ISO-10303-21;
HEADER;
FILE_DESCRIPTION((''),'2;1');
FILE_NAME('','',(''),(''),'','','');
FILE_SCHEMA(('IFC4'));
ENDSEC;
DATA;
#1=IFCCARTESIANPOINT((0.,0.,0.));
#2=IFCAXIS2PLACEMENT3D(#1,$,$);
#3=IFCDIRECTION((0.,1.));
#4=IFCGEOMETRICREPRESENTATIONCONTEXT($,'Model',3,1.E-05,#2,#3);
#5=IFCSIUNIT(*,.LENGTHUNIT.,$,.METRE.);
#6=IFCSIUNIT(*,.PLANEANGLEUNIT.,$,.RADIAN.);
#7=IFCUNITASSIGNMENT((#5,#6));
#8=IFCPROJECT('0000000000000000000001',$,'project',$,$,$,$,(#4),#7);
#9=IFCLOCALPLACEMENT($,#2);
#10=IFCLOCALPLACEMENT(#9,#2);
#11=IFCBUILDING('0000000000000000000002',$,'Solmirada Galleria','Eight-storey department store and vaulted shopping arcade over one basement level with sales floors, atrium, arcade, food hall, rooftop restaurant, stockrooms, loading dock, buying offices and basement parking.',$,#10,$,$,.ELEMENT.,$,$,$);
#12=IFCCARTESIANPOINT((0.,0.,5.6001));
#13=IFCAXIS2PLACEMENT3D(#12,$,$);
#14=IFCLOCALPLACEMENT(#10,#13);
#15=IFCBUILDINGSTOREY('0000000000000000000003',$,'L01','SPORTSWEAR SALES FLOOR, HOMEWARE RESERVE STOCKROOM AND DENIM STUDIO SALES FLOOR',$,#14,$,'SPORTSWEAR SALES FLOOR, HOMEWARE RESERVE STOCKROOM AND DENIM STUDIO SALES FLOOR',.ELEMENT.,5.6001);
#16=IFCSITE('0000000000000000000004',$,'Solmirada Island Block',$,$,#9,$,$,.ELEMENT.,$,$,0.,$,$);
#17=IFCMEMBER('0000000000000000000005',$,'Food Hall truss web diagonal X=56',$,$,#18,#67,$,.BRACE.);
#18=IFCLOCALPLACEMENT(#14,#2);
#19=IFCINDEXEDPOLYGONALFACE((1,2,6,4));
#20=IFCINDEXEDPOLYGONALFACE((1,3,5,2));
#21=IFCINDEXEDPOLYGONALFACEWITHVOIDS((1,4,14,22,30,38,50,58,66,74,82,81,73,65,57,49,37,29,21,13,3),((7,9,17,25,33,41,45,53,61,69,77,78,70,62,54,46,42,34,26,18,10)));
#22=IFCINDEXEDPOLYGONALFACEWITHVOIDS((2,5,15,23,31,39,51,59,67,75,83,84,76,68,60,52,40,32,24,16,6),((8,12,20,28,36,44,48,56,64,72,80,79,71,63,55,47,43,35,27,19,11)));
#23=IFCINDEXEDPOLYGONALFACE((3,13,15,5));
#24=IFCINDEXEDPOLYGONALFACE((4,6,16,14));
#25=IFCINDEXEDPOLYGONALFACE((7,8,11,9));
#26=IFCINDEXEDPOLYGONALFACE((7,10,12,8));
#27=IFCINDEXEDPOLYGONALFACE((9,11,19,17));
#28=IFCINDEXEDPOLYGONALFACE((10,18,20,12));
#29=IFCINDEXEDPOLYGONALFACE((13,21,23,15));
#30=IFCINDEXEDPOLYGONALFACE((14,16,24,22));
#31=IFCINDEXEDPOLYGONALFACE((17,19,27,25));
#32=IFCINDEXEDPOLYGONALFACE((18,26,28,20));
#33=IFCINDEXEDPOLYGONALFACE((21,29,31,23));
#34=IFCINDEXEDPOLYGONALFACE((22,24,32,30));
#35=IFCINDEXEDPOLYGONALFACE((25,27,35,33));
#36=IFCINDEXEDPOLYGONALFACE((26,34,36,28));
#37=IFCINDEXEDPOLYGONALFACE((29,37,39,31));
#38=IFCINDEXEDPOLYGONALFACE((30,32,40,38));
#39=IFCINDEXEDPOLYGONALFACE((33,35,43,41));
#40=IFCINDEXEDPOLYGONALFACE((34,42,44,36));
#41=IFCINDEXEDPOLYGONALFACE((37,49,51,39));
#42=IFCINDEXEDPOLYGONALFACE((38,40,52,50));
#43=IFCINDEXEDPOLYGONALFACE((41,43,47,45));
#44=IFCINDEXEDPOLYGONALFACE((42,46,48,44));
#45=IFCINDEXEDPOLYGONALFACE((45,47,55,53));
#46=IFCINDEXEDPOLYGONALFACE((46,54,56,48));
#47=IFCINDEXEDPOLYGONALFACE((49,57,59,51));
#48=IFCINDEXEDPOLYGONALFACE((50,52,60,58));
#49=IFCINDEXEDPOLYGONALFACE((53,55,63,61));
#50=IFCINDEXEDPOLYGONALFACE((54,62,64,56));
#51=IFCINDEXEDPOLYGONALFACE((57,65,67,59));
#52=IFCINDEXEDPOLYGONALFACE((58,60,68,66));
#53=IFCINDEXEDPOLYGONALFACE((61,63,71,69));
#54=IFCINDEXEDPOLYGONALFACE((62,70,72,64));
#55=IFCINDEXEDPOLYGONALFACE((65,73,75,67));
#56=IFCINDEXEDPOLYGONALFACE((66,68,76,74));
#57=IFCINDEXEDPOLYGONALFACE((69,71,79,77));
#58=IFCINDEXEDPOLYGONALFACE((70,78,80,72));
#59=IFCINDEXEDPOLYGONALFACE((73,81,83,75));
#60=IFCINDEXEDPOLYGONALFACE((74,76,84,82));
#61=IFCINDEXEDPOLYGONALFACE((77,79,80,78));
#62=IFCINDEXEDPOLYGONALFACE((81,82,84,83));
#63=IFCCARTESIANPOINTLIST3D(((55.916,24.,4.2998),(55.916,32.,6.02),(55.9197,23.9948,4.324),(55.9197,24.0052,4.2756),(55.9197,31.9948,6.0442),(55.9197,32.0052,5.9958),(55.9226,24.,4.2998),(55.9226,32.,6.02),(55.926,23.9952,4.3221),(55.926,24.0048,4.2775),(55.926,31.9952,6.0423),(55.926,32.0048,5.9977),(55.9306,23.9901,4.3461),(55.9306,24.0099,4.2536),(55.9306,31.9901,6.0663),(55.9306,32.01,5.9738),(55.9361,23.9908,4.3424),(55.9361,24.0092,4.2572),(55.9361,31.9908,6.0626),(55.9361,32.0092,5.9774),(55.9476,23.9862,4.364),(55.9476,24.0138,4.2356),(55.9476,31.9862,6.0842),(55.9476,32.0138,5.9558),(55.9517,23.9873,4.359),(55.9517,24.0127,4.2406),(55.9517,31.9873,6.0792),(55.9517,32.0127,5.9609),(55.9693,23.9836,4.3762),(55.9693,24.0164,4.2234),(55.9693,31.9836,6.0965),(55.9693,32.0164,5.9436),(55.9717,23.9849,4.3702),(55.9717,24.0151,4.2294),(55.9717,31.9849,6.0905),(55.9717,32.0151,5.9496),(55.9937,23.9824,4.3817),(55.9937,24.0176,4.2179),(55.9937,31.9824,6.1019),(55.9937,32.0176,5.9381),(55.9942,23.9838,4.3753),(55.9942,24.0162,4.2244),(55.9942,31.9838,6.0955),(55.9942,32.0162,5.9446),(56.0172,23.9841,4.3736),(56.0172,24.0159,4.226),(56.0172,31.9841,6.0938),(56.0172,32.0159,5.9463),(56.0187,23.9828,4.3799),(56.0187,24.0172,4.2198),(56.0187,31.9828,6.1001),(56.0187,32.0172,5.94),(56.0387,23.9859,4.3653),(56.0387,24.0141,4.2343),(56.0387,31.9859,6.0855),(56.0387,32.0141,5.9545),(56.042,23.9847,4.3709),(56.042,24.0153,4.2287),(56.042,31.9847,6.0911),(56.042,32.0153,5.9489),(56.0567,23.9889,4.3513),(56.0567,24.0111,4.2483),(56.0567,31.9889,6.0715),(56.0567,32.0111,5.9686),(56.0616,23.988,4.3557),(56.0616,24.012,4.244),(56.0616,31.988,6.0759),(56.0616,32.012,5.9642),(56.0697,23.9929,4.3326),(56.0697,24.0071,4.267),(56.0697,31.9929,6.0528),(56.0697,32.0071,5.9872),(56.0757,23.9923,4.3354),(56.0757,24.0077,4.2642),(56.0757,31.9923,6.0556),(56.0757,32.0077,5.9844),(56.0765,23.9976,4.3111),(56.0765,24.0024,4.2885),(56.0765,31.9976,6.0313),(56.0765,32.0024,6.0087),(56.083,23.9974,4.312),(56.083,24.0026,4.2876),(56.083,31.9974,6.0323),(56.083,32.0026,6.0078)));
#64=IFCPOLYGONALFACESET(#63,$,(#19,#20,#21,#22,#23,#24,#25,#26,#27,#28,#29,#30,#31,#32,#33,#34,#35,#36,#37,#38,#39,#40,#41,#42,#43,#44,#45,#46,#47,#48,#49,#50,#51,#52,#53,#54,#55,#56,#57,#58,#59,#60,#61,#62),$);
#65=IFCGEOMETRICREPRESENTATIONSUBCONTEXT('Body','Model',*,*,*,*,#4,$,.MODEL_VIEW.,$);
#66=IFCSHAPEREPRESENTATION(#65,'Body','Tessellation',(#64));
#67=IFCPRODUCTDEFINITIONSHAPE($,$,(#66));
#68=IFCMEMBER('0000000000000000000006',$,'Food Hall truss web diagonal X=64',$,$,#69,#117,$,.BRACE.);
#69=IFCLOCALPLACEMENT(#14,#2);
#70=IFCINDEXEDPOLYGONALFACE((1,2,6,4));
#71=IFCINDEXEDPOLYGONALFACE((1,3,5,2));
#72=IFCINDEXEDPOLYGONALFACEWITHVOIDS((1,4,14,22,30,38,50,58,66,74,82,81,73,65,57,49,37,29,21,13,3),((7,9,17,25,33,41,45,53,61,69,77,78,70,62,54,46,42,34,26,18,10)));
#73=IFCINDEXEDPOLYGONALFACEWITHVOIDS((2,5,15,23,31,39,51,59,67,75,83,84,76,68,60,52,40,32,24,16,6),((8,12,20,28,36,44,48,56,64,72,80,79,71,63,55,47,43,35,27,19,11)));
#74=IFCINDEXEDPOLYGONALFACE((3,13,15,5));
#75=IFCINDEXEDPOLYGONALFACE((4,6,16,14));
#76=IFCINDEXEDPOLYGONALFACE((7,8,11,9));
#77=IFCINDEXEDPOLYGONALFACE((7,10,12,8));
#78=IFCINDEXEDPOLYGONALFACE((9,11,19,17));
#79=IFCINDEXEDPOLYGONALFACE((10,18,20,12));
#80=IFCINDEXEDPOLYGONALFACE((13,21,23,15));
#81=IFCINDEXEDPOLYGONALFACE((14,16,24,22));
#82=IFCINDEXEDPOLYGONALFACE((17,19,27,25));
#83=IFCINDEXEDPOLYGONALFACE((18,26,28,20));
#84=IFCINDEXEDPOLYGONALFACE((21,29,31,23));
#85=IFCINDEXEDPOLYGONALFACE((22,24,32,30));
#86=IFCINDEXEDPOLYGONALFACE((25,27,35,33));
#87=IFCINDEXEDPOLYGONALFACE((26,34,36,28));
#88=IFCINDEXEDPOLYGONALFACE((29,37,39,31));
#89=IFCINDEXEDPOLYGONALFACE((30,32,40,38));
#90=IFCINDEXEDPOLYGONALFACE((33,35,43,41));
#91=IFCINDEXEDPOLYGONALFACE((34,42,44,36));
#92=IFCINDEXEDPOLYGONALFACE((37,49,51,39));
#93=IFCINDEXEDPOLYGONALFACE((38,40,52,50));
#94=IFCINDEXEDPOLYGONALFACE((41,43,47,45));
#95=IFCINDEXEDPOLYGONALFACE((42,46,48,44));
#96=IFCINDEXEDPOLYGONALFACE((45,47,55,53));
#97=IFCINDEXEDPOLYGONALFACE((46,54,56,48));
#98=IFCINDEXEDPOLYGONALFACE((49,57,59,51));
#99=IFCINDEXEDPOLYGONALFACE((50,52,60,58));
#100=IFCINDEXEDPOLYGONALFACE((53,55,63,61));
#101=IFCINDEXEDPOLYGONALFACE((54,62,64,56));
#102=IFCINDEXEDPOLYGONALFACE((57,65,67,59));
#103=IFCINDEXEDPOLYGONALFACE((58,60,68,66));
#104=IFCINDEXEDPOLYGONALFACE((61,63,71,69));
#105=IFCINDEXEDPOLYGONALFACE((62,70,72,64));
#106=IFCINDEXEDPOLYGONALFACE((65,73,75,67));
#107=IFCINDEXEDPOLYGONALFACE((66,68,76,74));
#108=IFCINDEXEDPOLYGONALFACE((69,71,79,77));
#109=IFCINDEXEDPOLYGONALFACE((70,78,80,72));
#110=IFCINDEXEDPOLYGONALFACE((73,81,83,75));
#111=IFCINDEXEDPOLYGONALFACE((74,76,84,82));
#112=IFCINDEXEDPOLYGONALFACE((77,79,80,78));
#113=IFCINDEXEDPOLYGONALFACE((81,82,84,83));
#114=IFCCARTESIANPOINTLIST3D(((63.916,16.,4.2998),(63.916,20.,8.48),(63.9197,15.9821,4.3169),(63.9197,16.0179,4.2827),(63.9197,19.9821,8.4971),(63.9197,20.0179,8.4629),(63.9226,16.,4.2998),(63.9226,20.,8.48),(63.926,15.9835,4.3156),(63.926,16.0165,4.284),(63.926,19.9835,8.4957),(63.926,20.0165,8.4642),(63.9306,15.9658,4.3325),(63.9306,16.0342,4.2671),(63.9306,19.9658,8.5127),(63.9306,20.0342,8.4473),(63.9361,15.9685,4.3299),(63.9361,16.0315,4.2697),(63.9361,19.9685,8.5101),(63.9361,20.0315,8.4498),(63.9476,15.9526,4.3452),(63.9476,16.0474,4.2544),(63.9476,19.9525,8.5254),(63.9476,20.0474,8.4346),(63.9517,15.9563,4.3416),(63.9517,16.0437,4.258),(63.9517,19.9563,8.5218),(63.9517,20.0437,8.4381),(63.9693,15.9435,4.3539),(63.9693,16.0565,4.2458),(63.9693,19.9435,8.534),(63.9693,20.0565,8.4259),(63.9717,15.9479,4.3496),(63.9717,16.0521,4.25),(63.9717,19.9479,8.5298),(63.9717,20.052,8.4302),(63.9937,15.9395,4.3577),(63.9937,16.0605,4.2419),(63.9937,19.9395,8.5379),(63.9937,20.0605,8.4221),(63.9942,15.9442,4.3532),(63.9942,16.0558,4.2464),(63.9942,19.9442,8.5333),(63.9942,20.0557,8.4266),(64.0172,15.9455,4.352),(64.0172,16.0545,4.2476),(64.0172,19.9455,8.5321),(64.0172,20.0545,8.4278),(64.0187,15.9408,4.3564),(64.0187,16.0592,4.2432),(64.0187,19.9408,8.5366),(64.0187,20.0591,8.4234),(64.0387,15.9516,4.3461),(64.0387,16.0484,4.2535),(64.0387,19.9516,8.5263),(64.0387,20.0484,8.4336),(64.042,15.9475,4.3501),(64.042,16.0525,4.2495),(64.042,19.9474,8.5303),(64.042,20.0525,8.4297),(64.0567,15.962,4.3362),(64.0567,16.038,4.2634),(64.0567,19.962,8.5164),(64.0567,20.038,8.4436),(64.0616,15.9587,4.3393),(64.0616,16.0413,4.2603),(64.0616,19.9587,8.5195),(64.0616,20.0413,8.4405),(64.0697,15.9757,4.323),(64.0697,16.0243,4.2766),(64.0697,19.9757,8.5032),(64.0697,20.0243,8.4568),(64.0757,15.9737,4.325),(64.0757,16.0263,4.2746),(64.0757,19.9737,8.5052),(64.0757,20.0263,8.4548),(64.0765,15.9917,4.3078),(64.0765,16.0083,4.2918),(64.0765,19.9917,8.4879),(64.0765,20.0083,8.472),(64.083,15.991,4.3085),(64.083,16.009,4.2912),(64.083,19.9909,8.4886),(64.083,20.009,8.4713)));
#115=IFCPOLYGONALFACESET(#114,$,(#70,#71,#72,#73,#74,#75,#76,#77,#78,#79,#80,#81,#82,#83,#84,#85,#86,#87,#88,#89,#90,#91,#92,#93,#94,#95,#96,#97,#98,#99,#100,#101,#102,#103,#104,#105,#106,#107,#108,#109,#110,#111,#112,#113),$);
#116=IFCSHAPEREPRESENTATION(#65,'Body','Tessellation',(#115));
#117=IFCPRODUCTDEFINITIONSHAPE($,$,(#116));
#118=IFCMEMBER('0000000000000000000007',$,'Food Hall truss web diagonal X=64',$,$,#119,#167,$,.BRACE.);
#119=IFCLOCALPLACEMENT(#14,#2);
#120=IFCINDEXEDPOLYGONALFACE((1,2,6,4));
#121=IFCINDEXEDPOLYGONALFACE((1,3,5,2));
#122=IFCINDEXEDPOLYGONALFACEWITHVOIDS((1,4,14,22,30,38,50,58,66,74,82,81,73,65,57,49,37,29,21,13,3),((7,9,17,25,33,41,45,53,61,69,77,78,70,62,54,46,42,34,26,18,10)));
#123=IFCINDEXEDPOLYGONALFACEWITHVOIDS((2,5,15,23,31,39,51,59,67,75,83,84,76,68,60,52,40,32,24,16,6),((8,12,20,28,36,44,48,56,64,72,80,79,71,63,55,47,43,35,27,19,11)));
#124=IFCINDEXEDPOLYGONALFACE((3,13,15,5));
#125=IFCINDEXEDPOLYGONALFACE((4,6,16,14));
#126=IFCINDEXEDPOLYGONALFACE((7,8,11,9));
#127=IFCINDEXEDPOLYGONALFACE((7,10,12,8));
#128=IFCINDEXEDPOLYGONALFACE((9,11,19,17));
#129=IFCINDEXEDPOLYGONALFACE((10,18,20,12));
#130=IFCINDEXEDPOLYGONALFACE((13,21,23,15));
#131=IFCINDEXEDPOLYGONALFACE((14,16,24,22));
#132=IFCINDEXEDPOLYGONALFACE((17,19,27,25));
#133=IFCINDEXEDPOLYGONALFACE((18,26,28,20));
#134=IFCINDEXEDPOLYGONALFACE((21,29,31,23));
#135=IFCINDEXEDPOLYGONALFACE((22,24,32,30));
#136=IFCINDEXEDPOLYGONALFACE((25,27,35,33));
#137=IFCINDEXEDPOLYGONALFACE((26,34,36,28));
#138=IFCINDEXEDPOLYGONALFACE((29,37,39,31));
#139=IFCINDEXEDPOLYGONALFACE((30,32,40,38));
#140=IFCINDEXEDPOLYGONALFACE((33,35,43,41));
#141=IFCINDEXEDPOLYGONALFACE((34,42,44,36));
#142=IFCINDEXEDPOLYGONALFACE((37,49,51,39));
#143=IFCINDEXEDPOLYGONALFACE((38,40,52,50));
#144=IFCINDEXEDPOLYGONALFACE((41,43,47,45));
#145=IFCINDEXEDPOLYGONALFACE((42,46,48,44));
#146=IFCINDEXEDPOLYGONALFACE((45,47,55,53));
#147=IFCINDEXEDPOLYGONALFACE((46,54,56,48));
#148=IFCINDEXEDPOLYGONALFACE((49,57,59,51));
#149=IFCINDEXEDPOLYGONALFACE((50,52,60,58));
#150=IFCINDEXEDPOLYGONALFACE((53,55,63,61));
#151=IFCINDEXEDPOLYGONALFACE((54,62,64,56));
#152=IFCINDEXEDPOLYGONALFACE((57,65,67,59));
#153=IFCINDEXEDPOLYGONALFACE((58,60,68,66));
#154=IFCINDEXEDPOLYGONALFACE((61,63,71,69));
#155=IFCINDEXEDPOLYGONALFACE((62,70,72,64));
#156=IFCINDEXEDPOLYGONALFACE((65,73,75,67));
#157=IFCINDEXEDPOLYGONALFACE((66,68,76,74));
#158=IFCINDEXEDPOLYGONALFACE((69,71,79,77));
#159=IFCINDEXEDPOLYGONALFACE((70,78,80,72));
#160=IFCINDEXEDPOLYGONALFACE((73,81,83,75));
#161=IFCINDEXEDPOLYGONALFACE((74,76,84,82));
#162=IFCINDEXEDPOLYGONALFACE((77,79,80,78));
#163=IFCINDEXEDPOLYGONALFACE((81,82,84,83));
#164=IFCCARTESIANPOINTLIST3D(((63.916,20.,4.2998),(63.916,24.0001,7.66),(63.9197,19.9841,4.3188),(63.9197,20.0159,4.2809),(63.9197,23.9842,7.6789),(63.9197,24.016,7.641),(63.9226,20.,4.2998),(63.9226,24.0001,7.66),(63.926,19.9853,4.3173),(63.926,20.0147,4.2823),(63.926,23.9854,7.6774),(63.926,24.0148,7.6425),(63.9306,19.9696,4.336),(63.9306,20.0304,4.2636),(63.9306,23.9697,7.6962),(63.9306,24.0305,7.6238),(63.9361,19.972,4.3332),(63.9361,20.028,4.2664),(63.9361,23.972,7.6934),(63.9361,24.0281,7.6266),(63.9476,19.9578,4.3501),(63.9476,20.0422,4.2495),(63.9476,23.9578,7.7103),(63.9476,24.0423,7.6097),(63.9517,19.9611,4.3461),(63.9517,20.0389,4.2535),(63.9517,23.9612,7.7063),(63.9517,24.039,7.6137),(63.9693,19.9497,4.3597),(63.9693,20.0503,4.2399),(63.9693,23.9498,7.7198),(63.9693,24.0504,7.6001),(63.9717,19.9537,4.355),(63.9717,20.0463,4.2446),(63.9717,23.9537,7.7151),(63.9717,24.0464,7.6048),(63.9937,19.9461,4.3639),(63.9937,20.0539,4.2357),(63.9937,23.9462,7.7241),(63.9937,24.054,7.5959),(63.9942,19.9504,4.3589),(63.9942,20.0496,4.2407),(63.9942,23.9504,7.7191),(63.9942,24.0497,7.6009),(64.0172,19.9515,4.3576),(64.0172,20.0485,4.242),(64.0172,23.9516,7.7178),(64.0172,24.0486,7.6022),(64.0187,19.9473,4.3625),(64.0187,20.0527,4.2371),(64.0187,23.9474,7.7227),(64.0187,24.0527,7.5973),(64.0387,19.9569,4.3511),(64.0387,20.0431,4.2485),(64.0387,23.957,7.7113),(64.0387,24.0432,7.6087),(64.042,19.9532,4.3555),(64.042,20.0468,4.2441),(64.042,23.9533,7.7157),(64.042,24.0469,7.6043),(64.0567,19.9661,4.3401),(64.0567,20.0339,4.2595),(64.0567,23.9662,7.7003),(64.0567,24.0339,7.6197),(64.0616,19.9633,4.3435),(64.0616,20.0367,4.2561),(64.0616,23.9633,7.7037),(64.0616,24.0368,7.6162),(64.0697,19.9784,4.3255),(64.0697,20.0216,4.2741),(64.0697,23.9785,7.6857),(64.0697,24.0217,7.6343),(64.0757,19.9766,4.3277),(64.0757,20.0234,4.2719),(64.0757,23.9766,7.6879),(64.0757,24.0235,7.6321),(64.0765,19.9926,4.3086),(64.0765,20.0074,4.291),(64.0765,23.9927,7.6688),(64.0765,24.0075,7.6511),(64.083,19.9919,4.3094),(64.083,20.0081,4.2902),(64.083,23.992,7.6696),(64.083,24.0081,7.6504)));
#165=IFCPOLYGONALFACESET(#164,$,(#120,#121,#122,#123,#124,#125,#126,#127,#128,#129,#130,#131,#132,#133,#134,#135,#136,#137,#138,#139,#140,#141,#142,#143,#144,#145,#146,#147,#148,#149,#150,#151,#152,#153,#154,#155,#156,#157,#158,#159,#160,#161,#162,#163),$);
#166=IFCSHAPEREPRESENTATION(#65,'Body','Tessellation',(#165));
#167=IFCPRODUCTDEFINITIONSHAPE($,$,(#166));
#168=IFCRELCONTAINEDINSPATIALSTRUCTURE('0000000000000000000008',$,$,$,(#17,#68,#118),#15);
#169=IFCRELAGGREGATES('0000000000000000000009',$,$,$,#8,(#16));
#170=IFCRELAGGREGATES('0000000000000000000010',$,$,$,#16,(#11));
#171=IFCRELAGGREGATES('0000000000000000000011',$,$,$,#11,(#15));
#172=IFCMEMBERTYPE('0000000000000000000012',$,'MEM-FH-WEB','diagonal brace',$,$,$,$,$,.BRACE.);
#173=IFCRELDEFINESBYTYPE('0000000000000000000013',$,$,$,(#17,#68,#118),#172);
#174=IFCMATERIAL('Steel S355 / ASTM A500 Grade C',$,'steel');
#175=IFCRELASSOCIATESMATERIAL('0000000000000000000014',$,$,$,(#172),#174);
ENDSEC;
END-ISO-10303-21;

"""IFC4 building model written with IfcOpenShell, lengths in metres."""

from ifc_helpers import new_model, si_unit, direction, frame, origin, origin_2d, place, context, subcontext, project, spatial, hollow_circle, extrude, material, material_profile, profile_set, type_object, element, save


model = new_model("IFC4")

# Units and contexts
model_context = context("Model", 3, precision=1e-05, world=origin(), true_north=direction((0.0, 1.0)))
body_context = subcontext(model_context, "Body", "Model", "MODEL_VIEW")
ifc_project = project(units=[si_unit("LENGTHUNIT", "METRE"), si_unit("PLANEANGLEUNIT", "RADIAN")], contexts=[model_context])

# Site, building, storey
site_placement = place(None, origin())
site = spatial("IfcSite", under=ifc_project, at=site_placement, Name="Solmirada Island Block", CompositionType="ELEMENT", RefElevation=0.0)
building_placement = place(site_placement, origin())
building = spatial("IfcBuilding", under=site, at=building_placement, Name="Solmirada Galleria", Description="Eight-storey department store and vaulted shopping arcade over one basement level with sales floors, atrium, arcade, food hall, rooftop restaurant, stockrooms, loading dock, buying offices and basement parking.", CompositionType="ELEMENT")
storey_placement = place(building_placement, frame((0.0, 0.0, 5.6001)))
storey = spatial("IfcBuildingStorey", under=building, at=storey_placement, Name="L01", Description="SPORTSWEAR SALES FLOOR, HOMEWARE RESERVE STOCKROOM AND DENIM STUDIO SALES FLOOR", LongName="SPORTSWEAR SALES FLOOR, HOMEWARE RESERVE STOCKROOM AND DENIM STUDIO SALES FLOOR", CompositionType="ELEMENT", Elevation=5.6001)

# Shared definitions
ifc_material_1 = material(Name="Steel S355 / ASTM A500 Grade C", Category="steel")

# Members
ifc_material_profile_1 = material_profile(ifc_material_1, hollow_circle(Radius=0.084, WallThickness=0.0066, at=origin_2d()), Name="HSS6.625X0.280")
ifc_profile_set_1 = profile_set([ifc_material_profile_1], Name="Steel S355 / ASTM A500 Grade C")
member_type_1 = type_object("IfcMemberType", Name="MEM-FH-WEB", Description="diagonal brace", PredefinedType="BRACE", material=ifc_profile_set_1)
member_1_placement = place(storey_placement, frame((56.0, 24.0, 4.2998), z_axis=(0.0, 0.977654, 0.210222), x_axis=(-1.0, 0.0, 0.0)))
element("IfcMember", 1, at=member_1_placement, inside=storey, type_object=member_type_1, Name="Food Hall truss web diagonal X=56", PredefinedType="BRACE", context=body_context, shape_type="SweptSolid", body=[
    extrude(hollow_circle(Radius=0.084, WallThickness=0.0066, at=origin_2d()), origin(), (0.0, 0.0, 1.0), 8.1829),
])
member_2_placement = place(storey_placement, frame((64.0, 16.0, 4.2998), z_axis=(0.0, 0.691364, 0.722506), x_axis=(-1.0, 0.0, 0.0)))
element("IfcMember", 2, at=member_2_placement, inside=storey, type_object=member_type_1, Name="Food Hall truss web diagonal X=64", PredefinedType="BRACE", context=body_context, shape_type="SweptSolid", body=[
    extrude(hollow_circle(Radius=0.084, WallThickness=0.0066, at=origin_2d()), origin(), (0.0, 0.0, 1.0), 5.7856),
])
member_3_placement = place(storey_placement, frame((64.0, 20.0, 4.2998), z_axis=(0.0, 0.765695, 0.643204), x_axis=(-1.0, 0.0, 0.0)))
element("IfcMember", 3, at=member_3_placement, inside=storey, type_object=member_type_1, Name="Food Hall truss web diagonal X=64", PredefinedType="BRACE", context=body_context, shape_type="SweptSolid", body=[
    extrude(hollow_circle(Radius=0.084, WallThickness=0.0066, at=origin_2d()), origin(), (0.0, 0.0, 1.0), 5.2241),
])

save(model, "model.ifc")
